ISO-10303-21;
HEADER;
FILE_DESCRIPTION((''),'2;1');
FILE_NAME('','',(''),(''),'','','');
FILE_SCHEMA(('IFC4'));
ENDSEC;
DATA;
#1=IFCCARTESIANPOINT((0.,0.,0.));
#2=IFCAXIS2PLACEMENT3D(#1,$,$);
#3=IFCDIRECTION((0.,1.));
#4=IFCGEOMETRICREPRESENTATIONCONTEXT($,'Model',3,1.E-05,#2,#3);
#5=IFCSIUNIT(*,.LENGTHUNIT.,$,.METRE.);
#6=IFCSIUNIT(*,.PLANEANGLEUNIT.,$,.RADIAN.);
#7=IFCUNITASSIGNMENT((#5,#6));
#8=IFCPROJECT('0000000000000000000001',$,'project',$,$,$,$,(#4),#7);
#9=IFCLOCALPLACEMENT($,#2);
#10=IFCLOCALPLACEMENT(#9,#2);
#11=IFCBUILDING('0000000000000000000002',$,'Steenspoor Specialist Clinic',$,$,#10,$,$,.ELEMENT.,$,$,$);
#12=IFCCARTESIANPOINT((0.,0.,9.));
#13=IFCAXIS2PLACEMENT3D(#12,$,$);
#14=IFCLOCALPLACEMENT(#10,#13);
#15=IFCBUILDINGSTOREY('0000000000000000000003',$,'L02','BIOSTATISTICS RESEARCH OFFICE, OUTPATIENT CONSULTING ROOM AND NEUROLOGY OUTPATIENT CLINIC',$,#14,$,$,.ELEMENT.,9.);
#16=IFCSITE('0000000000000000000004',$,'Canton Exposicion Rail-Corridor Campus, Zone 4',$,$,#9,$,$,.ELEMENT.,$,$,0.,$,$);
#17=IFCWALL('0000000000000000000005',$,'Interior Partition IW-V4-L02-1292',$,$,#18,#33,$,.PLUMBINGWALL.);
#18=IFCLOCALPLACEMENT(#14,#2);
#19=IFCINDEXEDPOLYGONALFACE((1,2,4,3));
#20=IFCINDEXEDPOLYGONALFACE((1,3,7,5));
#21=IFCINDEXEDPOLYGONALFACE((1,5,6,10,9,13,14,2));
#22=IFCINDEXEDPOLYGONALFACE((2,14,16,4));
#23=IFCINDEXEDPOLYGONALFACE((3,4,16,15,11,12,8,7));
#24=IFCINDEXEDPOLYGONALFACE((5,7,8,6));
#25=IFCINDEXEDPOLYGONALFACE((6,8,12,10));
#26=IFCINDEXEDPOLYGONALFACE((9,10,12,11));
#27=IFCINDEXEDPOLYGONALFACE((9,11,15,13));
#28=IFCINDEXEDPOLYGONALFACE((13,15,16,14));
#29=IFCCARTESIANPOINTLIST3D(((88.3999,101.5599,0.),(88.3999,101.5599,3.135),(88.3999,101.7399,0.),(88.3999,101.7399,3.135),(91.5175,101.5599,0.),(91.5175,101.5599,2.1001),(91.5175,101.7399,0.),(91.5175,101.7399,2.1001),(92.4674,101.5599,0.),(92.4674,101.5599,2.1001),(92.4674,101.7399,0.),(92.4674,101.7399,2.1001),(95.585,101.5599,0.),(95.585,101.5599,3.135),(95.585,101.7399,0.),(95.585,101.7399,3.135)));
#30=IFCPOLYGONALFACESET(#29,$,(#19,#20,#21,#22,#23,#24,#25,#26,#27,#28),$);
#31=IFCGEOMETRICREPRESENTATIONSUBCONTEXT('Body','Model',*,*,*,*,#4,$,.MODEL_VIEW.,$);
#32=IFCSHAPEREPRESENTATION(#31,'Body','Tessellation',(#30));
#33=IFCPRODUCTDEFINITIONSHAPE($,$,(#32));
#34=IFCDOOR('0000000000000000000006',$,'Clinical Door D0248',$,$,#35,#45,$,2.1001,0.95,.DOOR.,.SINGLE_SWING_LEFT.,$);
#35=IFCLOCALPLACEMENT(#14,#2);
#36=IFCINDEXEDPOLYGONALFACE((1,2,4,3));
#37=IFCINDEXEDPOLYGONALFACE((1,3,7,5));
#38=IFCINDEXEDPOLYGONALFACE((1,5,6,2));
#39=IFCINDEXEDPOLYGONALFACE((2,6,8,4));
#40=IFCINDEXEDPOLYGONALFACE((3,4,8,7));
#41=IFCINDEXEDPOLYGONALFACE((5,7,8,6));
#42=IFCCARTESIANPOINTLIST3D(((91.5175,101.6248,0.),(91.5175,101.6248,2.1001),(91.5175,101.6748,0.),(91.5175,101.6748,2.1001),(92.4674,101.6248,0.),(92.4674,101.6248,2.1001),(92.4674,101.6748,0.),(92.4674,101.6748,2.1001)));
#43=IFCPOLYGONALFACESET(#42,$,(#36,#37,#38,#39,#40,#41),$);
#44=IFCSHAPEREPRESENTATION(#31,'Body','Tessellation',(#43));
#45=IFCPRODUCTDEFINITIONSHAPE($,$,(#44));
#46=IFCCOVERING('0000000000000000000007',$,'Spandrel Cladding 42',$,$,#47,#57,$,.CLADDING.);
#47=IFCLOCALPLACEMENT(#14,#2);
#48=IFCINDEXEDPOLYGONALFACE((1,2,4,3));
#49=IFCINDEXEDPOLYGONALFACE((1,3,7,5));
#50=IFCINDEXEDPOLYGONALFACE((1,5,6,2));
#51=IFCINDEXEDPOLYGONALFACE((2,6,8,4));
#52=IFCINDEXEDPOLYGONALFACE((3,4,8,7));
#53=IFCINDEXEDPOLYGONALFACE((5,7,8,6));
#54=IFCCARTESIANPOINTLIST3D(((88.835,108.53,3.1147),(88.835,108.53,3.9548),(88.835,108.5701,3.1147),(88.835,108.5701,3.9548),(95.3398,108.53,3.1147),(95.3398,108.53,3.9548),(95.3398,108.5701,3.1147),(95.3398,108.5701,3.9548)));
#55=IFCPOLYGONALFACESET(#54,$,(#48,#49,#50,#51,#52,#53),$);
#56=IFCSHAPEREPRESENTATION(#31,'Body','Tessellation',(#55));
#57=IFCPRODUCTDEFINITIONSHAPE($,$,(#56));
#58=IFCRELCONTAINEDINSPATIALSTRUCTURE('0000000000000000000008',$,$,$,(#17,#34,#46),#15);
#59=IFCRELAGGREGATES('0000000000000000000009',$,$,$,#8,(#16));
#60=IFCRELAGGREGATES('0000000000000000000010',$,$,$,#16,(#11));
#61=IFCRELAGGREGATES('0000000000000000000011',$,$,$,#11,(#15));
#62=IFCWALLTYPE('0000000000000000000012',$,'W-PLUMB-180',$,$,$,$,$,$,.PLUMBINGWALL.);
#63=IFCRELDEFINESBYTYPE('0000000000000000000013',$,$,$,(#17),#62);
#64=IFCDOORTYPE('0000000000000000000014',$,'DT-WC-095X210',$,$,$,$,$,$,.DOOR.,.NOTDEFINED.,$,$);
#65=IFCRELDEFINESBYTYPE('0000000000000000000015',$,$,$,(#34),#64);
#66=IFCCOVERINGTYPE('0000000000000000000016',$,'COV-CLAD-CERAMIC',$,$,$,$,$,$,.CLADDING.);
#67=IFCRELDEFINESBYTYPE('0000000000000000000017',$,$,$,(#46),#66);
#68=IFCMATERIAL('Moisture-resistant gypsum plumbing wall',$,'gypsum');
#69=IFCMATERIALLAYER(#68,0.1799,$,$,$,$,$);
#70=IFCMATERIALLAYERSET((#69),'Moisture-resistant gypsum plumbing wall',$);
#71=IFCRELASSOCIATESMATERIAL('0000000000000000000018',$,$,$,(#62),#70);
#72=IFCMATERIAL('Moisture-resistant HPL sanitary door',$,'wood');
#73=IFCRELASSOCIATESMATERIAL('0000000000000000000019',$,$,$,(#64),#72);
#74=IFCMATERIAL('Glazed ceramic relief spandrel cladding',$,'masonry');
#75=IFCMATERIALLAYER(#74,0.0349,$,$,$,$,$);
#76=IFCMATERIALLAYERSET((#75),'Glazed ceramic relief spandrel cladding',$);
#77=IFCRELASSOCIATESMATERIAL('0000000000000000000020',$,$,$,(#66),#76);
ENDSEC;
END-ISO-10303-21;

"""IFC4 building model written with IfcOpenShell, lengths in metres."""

from ifc_helpers import new_model, si_unit, direction, frame, frame_2d, origin, origin_2d, place, context, subcontext, project, spatial, rectangle, extrude, material, layer, layer_set, type_object, element, fill, save


model = new_model("IFC4")

# Units and contexts
model_context = context("Model", 3, precision=1e-05, world=origin(), true_north=direction((0.0, 1.0)))
body_context = subcontext(model_context, "Body", "Model", "MODEL_VIEW")
ifc_project = project(units=[si_unit("LENGTHUNIT", "METRE"), si_unit("PLANEANGLEUNIT", "RADIAN")], contexts=[model_context])

# Site, building, storey
site_placement = place(None, origin())
site = spatial("IfcSite", under=ifc_project, at=site_placement, Name="Canton Exposicion Rail-Corridor Campus, Zone 4", CompositionType="ELEMENT", RefElevation=0.0)
building_placement = place(site_placement, origin())
building = spatial("IfcBuilding", under=site, at=building_placement, Name="Steenspoor Specialist Clinic", CompositionType="ELEMENT")
storey_placement = place(building_placement, frame((0.0, 0.0, 9.0)))
storey = spatial("IfcBuildingStorey", under=building, at=storey_placement, Name="L02", Description="BIOSTATISTICS RESEARCH OFFICE, OUTPATIENT CONSULTING ROOM AND NEUROLOGY OUTPATIENT CLINIC", CompositionType="ELEMENT", Elevation=9.0)

# Shared definitions
ifc_material_1 = material(Name="Moisture-resistant gypsum plumbing wall", Category="gypsum")
ifc_layer_1 = layer(ifc_material_1, 0.1799)
ifc_layer_set_1 = layer_set([ifc_layer_1], Name="Moisture-resistant gypsum plumbing wall")
wall_type_1 = type_object("IfcWallType", Name="W-PLUMB-180", PredefinedType="PLUMBINGWALL", material=ifc_layer_set_1)

# Wall, opening, door
wall_1_placement = place(storey_placement, frame((88.3999, 101.6499, 0.0), z_axis=(0.0, 0.0, 1.0), x_axis=(1.0, 0.0, 0.0)))
wall_1 = element("IfcWall", 1, at=wall_1_placement, inside=storey, type_object=wall_type_1, Name="Interior Partition IW-V4-L02-1292", PredefinedType="PLUMBINGWALL", context=body_context, shape_type="SweptSolid", body=[
    extrude(rectangle(XDim=7.1851, YDim=0.1799, at=frame_2d((3.5925, 0.0))), origin(), (0.0, 0.0, 1.0), 3.135),
])
opening_1_placement = place(wall_1_placement, frame((3.1174, 0.0, 0.0)))
opening_1 = element("IfcOpeningElement", 2, at=opening_1_placement, cuts=wall_1, PredefinedType="OPENING", context=body_context, shape_type="SweptSolid", body=[
    extrude(rectangle(XDim=0.95, YDim=2.1001, at=frame_2d((0.4751, 1.05))), frame((0.0, 0.1001, 0.0), z_axis=(0.0, -1.0, 0.0), x_axis=(1.0, 0.0, 0.0)), (0.0, 0.0, 1.0), 0.2),
])
ifc_material_2 = material(Name="Moisture-resistant HPL sanitary door", Category="wood")
door_type_1 = type_object("IfcDoorType", Name="DT-WC-095X210", OperationType="NOTDEFINED", PredefinedType="DOOR", material=ifc_material_2)
door_1_placement = place(opening_1_placement, origin())
door_1 = element("IfcDoor", 3, at=door_1_placement, inside=storey, type_object=door_type_1, Name="Clinical Door D0248", OperationType="SINGLE_SWING_LEFT", OverallHeight=2.1001, OverallWidth=0.95, PredefinedType="DOOR", context=body_context, shape_type="SweptSolid", body=[
    extrude(rectangle(XDim=0.95, YDim=2.1001, at=frame_2d((0.4751, 1.05))), frame((0.0, 0.0249, 0.0), z_axis=(0.0, -1.0, 0.0), x_axis=(1.0, 0.0, 0.0)), (0.0, 0.0, 1.0), 0.05),
])
fill(opening_1, door_1)

# Covering
ifc_material_3 = material(Name="Glazed ceramic relief spandrel cladding", Category="masonry")
ifc_layer_2 = layer(ifc_material_3, 0.0349)
ifc_layer_set_2 = layer_set([ifc_layer_2], Name="Glazed ceramic relief spandrel cladding")
covering_type = type_object("IfcCoveringType", Name="COV-CLAD-CERAMIC", PredefinedType="CLADDING", material=ifc_layer_set_2)
covering_placement = place(storey_placement, frame((92.0874, 108.55, 3.1147), z_axis=(0.0, 0.0, 1.0), x_axis=(1.0, 0.0, 0.0)))
element("IfcCovering", 4, at=covering_placement, inside=storey, type_object=covering_type, Name="Spandrel Cladding 42", PredefinedType="CLADDING", context=body_context, shape_type="SweptSolid", body=[
    extrude(rectangle(XDim=6.5049, YDim=0.04, at=origin_2d()), origin(), (0.0, 0.0, 1.0), 0.8401),
])

save(model, "model.ifc")
